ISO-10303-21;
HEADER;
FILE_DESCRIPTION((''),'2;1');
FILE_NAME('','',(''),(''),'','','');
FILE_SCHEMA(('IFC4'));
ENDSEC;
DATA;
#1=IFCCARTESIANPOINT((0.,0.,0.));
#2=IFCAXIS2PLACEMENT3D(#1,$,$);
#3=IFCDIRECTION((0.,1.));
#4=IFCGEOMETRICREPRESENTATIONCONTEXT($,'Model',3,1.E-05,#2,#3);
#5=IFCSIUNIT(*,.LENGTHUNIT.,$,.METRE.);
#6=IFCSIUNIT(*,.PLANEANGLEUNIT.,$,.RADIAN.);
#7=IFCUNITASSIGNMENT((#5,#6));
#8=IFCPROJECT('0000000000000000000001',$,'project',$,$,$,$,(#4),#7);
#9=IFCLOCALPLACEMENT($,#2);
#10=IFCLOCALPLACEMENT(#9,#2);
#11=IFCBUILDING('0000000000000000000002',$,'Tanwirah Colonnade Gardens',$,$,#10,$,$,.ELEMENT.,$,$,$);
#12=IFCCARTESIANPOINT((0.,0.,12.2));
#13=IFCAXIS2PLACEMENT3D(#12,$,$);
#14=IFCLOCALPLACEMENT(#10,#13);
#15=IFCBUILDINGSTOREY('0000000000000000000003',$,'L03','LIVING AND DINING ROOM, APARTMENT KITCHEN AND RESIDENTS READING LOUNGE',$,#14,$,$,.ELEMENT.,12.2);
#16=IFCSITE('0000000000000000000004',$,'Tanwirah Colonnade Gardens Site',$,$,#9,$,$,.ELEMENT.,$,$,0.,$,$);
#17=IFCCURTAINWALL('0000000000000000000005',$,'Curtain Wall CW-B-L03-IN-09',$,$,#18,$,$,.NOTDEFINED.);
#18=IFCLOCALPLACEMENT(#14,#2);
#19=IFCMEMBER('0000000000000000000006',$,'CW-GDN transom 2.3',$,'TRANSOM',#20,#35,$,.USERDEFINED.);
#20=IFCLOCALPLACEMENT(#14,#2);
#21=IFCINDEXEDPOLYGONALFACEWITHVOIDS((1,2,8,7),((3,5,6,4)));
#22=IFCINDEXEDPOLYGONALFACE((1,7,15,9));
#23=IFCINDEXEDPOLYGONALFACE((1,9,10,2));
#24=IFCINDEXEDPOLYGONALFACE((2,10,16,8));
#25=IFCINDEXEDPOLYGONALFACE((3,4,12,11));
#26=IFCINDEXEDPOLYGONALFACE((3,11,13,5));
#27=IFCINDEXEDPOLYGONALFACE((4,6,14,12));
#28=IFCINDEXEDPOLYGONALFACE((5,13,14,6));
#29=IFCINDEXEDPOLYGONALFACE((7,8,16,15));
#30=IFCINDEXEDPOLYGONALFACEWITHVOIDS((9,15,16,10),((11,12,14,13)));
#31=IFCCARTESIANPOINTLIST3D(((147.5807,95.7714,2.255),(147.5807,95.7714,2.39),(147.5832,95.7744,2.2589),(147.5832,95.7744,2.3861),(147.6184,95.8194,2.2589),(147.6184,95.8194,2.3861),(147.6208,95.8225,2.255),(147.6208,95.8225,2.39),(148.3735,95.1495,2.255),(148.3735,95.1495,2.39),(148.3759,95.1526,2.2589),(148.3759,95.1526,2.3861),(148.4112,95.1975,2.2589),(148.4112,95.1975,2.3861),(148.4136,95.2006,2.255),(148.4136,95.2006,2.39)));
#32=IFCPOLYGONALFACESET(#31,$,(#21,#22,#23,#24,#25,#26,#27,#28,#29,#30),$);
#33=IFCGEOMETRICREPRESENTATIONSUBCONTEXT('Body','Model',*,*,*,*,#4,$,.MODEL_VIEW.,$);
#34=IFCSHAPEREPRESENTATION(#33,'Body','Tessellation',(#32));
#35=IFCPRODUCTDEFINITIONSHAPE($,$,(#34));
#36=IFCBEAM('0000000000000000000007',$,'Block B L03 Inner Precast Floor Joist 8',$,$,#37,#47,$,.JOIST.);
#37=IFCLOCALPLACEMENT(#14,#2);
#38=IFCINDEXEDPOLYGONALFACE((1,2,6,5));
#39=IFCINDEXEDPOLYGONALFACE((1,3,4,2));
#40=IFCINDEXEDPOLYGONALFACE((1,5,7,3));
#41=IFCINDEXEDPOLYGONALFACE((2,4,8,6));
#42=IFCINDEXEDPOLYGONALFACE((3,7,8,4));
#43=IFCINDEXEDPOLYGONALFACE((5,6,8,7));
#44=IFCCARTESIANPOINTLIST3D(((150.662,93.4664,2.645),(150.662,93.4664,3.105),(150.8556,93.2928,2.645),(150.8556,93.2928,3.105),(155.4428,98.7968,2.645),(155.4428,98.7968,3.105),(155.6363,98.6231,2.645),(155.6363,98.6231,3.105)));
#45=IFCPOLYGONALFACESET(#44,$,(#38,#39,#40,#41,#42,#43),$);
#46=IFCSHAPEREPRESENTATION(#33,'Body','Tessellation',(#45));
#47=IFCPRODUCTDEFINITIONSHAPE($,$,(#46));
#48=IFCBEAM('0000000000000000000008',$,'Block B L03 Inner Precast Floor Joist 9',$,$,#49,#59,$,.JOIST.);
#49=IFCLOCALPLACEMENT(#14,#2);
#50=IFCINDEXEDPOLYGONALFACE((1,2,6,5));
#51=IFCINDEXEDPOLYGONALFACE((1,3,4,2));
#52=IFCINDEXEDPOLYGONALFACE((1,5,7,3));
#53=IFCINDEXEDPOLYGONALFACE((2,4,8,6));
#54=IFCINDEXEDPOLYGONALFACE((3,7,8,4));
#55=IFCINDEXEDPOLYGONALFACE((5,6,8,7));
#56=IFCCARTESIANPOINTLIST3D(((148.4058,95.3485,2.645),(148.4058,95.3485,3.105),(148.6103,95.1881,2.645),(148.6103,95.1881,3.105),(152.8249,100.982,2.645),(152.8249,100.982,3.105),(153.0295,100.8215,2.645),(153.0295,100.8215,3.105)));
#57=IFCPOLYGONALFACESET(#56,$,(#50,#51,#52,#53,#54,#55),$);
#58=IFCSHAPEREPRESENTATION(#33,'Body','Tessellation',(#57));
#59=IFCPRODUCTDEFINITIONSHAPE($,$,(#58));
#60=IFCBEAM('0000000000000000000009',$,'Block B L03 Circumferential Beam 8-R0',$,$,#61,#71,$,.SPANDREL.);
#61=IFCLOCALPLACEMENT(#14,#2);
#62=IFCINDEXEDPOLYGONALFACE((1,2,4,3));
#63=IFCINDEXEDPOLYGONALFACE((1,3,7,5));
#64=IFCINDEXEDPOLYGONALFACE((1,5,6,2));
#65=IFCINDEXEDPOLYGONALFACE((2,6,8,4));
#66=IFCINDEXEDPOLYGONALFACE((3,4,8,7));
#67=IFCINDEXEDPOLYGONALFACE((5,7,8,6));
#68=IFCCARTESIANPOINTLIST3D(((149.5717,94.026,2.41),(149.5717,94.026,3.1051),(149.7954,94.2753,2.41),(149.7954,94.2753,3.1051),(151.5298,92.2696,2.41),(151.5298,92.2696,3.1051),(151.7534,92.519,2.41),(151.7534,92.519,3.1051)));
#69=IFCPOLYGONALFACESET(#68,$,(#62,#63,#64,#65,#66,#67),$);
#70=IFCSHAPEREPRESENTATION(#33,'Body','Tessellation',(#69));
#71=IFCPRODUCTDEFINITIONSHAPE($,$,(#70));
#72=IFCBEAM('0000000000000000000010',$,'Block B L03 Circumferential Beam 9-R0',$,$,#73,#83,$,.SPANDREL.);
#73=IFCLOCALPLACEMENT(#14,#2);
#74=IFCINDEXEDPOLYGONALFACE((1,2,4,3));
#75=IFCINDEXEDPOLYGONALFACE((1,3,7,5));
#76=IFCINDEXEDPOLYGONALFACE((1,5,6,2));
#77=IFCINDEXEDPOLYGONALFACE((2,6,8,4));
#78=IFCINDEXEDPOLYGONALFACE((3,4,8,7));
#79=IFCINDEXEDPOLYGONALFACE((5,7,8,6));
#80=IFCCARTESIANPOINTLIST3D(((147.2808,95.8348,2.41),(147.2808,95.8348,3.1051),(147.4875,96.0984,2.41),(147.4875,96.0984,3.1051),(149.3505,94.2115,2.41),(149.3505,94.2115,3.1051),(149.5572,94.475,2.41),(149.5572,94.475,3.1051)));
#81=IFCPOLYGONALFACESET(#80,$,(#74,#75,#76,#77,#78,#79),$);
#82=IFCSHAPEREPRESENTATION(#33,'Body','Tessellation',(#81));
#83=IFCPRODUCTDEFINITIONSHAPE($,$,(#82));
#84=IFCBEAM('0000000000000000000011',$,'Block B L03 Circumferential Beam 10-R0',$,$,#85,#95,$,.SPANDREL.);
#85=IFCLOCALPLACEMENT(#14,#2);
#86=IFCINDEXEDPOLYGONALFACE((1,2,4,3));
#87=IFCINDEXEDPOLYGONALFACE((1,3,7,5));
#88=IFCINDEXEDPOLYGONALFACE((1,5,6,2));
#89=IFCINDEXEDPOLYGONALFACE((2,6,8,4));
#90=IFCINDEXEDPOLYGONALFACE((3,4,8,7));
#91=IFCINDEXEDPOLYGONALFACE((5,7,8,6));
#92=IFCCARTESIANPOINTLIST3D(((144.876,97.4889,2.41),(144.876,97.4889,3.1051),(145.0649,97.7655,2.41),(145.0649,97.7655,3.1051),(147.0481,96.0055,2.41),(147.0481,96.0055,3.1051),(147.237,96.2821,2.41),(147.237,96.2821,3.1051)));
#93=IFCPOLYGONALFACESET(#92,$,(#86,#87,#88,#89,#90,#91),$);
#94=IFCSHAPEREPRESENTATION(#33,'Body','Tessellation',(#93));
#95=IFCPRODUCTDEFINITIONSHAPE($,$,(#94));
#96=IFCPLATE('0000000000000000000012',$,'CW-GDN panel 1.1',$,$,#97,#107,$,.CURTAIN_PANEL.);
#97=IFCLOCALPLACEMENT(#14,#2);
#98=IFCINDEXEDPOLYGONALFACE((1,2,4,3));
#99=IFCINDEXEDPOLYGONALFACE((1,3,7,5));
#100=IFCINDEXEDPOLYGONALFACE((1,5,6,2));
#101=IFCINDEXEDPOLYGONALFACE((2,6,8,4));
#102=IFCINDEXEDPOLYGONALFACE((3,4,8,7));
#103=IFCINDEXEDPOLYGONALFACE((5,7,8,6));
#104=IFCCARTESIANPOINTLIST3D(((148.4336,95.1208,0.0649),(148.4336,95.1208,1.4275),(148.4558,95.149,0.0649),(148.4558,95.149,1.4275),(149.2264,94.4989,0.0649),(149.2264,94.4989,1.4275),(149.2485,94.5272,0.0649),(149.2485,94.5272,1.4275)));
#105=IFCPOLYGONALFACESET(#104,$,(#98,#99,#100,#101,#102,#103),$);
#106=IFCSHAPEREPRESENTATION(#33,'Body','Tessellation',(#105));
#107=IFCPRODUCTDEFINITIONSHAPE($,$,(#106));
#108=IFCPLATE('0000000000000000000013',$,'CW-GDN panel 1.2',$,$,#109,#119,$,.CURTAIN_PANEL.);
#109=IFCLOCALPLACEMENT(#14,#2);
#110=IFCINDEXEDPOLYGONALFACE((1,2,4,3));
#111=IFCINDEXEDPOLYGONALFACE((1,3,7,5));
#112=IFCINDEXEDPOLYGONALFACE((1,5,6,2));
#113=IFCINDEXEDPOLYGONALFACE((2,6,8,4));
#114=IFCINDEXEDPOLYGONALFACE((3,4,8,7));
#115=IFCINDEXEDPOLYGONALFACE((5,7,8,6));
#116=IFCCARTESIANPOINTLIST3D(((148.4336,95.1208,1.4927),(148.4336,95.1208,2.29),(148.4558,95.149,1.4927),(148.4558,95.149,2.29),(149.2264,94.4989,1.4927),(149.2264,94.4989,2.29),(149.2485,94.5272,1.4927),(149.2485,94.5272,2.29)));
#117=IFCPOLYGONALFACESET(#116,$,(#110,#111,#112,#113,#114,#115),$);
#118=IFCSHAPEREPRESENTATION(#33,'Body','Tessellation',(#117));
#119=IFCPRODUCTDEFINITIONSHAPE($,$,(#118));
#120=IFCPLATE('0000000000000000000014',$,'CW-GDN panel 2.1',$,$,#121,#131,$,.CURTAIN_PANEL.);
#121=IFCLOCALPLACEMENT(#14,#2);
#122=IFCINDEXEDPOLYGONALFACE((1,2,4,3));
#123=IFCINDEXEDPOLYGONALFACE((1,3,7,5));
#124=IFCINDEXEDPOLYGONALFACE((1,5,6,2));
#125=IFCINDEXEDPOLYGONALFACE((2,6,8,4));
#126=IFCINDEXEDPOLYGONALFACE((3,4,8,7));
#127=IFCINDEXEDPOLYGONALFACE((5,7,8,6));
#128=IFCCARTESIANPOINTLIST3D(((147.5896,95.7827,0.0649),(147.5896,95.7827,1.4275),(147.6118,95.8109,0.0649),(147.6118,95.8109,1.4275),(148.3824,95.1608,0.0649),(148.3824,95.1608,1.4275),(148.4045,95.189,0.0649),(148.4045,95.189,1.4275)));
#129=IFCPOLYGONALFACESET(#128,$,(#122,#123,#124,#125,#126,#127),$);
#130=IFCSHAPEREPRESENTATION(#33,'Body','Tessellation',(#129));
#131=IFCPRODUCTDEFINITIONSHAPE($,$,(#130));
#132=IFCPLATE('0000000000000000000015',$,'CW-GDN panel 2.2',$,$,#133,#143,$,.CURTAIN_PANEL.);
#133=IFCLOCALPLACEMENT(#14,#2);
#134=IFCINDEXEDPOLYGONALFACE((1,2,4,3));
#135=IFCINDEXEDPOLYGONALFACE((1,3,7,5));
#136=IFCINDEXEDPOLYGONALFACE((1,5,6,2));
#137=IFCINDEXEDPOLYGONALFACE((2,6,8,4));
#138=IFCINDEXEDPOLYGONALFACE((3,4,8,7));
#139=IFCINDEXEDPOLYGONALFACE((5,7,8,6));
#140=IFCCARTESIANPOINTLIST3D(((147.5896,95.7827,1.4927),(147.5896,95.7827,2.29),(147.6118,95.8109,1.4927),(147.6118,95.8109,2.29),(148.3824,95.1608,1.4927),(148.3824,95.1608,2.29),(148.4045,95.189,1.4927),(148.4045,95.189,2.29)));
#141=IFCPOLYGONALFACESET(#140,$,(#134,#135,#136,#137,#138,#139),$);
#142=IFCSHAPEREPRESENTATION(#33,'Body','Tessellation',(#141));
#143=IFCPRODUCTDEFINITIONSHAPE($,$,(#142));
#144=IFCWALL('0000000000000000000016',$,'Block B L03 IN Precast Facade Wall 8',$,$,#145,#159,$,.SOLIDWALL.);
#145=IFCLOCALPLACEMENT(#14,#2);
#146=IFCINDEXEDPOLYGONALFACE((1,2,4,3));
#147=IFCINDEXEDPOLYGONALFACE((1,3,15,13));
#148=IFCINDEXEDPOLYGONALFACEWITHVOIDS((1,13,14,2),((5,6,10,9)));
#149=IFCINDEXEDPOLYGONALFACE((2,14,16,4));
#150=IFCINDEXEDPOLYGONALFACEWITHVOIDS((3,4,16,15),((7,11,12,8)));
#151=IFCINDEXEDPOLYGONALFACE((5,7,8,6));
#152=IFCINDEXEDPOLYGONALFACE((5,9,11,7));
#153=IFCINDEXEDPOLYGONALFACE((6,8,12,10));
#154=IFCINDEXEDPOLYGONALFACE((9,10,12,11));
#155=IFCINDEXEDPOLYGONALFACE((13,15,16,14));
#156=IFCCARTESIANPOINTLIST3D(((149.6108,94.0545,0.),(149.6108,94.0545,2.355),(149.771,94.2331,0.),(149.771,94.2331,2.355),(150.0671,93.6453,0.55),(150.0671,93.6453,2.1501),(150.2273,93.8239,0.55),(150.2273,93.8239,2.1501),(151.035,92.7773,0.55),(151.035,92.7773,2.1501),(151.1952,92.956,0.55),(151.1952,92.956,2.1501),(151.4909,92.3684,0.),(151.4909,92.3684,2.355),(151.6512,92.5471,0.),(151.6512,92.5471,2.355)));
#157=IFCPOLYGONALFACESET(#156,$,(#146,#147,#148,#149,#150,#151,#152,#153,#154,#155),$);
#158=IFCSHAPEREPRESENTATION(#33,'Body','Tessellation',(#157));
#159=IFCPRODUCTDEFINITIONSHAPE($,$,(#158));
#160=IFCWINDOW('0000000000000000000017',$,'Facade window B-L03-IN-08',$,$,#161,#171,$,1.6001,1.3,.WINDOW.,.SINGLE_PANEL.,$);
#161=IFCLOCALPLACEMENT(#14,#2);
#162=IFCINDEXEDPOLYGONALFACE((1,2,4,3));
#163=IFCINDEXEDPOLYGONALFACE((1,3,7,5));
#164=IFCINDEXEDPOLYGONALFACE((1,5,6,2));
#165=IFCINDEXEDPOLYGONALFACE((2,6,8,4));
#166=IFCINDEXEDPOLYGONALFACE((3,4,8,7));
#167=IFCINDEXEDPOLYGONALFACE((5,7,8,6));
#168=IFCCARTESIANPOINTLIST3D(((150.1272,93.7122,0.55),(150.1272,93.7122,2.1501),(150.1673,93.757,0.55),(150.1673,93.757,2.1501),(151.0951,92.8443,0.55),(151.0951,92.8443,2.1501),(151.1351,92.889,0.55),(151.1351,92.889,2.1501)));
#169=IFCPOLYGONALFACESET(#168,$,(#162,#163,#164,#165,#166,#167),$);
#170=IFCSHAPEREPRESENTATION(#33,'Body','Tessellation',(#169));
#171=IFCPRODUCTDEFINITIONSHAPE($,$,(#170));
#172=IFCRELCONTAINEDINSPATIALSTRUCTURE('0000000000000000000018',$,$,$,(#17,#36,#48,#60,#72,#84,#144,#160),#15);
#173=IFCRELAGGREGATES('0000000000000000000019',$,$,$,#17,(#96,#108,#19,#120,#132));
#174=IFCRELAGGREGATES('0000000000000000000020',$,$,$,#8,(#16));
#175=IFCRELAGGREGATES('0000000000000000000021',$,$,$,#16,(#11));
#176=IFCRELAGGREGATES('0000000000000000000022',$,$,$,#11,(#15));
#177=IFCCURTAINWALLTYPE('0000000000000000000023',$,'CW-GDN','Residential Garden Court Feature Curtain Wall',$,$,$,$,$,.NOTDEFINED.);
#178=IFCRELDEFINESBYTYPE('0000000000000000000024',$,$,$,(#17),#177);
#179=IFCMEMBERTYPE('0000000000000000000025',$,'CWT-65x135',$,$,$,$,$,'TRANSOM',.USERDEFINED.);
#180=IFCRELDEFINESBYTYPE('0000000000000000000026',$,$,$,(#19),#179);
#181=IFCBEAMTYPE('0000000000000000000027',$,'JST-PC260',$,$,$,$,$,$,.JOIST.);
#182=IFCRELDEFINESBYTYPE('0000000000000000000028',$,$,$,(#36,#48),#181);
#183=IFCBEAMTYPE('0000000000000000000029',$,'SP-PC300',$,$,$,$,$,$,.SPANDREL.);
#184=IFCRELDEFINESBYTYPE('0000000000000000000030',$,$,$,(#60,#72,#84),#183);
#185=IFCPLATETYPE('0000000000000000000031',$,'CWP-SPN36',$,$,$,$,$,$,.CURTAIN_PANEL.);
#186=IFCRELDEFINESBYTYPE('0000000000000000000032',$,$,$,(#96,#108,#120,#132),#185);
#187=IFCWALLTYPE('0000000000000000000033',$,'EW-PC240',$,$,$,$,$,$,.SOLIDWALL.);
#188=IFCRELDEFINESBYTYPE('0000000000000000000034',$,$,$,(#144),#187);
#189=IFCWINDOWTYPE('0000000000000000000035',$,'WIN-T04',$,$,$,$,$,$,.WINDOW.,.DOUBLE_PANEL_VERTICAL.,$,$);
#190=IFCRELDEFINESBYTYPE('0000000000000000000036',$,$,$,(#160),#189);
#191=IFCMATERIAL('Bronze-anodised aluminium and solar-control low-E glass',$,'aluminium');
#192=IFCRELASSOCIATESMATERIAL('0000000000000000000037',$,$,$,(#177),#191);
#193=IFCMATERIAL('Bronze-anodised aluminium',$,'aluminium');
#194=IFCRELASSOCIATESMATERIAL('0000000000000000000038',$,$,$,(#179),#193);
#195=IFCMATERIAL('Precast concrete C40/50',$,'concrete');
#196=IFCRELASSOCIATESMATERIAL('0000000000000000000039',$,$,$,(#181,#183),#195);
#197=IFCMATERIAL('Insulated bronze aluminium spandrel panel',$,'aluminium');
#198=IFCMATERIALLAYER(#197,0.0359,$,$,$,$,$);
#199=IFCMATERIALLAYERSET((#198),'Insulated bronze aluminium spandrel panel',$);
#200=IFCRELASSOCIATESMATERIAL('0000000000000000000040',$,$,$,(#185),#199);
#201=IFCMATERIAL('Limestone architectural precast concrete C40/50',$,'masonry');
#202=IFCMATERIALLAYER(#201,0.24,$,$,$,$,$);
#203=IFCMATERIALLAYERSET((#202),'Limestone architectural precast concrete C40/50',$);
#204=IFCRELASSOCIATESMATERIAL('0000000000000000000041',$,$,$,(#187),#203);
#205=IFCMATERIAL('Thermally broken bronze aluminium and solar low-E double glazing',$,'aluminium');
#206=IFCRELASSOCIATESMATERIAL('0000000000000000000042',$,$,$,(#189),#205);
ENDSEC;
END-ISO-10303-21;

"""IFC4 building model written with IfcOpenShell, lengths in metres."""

from ifc_helpers import new_model, si_unit, direction, frame, frame_2d, origin, origin_2d, place, context, subcontext, project, spatial, rectangle, hollow_rectangle, extrude, material, layer, layer_set, material_profile, profile_set, type_object, element, fill, aggregate, save


model = new_model("IFC4")

# Units and contexts
model_context = context("Model", 3, precision=1e-05, world=origin(), true_north=direction((0.0, 1.0)))
body_context = subcontext(model_context, "Body", "Model", "MODEL_VIEW")
ifc_project = project(units=[si_unit("LENGTHUNIT", "METRE"), si_unit("PLANEANGLEUNIT", "RADIAN")], contexts=[model_context])

# Site, building, storey
site_placement = place(None, origin())
site = spatial("IfcSite", under=ifc_project, at=site_placement, Name="Tanwirah Colonnade Gardens Site", CompositionType="ELEMENT", RefElevation=0.0)
building_placement = place(site_placement, origin())
building = spatial("IfcBuilding", under=site, at=building_placement, Name="Tanwirah Colonnade Gardens", CompositionType="ELEMENT")
storey_placement = place(building_placement, frame((0.0, 0.0, 12.2)))
storey = spatial("IfcBuildingStorey", under=building, at=storey_placement, Name="L03", Description="LIVING AND DINING ROOM, APARTMENT KITCHEN AND RESIDENTS READING LOUNGE", CompositionType="ELEMENT", Elevation=12.2)

# Shared definitions
ifc_material_1 = material(Name="Precast concrete C40/50", Category="concrete")

# Curtain wall, member
ifc_material_2 = material(Name="Bronze-anodised aluminium and solar-control low-E glass", Category="aluminium")
curtain_wall_type = type_object("IfcCurtainWallType", Name="CW-GDN", Description="Residential Garden Court Feature Curtain Wall", PredefinedType="NOTDEFINED", material=ifc_material_2)
curtain_wall_placement = place(storey_placement, origin())
curtain_wall = element("IfcCurtainWall", 1, at=curtain_wall_placement, inside=storey, type_object=curtain_wall_type, Name="Curtain Wall CW-B-L03-IN-09", PredefinedType="NOTDEFINED")
ifc_material_3 = material(Name="Bronze-anodised aluminium", Category="aluminium")
ifc_material_profile_1 = material_profile(ifc_material_3, hollow_rectangle(XDim=0.0649, YDim=0.135, WallThickness=0.0039, at=origin_2d()), Name="CW-TRN 65x135x4")
ifc_profile_set_1 = profile_set([ifc_material_profile_1], Name="Bronze-anodised aluminium")
member_type_1 = type_object("IfcMemberType", Name="CWT-65x135", ElementType="TRANSOM", PredefinedType="USERDEFINED", material=ifc_profile_set_1)
member_1_placement = place(storey_placement, frame((148.3936, 95.175, 2.3225), z_axis=(-0.786814, 0.61719, 0.0), x_axis=(-0.61719, -0.786814, 0.0)))
member_1 = element("IfcMember", 2, at=member_1_placement, type_object=member_type_1, Name="CW-GDN transom 2.3", ObjectType="TRANSOM", PredefinedType="USERDEFINED", context=body_context, shape_type="SweptSolid", body=[
    extrude(hollow_rectangle(XDim=0.0649, YDim=0.135, WallThickness=0.0039, at=origin_2d()), origin(), (0.0, 0.0, 1.0), 1.0076),
])

# Beams
ifc_material_profile_2 = material_profile(ifc_material_1, rectangle(XDim=0.26, YDim=0.46, at=origin_2d()), Name="PC-JST 260x460")
ifc_profile_set_2 = profile_set([ifc_material_profile_2], Name="Precast concrete C40/50")
beam_type_1 = type_object("IfcBeamType", Name="JST-PC260", PredefinedType="JOIST", material=ifc_profile_set_2)
beam_1_placement = place(storey_placement, frame((150.7588, 93.3796, 2.875), z_axis=(0.667688, 0.744441, 0.0), x_axis=(-0.744441, 0.667688, 0.0)))
element("IfcBeam", 3, at=beam_1_placement, inside=storey, type_object=beam_type_1, Name="Block B L03 Inner Precast Floor Joist 8", PredefinedType="JOIST", context=body_context, shape_type="SweptSolid", body=[
    extrude(rectangle(XDim=0.26, YDim=0.46, at=origin_2d()), origin(), (0.0, 0.0, 1.0), 7.1602),
])
beam_2_placement = place(storey_placement, frame((148.5081, 95.2683, 2.875), z_axis=(0.617202, 0.786804, 0.0), x_axis=(-0.786804, 0.617202, 0.0)))
element("IfcBeam", 4, at=beam_2_placement, inside=storey, type_object=beam_type_1, Name="Block B L03 Inner Precast Floor Joist 9", PredefinedType="JOIST", context=body_context, shape_type="SweptSolid", body=[
    extrude(rectangle(XDim=0.26, YDim=0.46, at=origin_2d()), origin(), (0.0, 0.0, 1.0), 7.1599),
])
ifc_material_profile_3 = material_profile(ifc_material_1, rectangle(XDim=0.335, YDim=0.6951, at=origin_2d()), Name="PC-SP 335x695")
ifc_profile_set_3 = profile_set([ifc_material_profile_3], Name="Precast concrete C40/50")
beam_type_2 = type_object("IfcBeamType", Name="SP-PC300", PredefinedType="SPANDREL", material=ifc_profile_set_3)
for number, where, z_axis, x_axis, name in (
    (5, (151.6416, 92.3943, 2.7576), (-0.744401, 0.667733, 0.0), (-0.667733, -0.744401, 0.0), "Block B L03 Circumferential Beam 8-R0"),
    (6, (149.4539, 94.3433, 2.7576), (-0.786837, 0.617161, 0.0), (-0.617161, -0.786837, 0.0), "Block B L03 Circumferential Beam 9-R0"),
    (7, (147.1426, 96.1438, 2.7576), (-0.825801, 0.563962, 0.0), (-0.563962, -0.825801, 0.0), "Block B L03 Circumferential Beam 10-R0"),
):
    element("IfcBeam", number, at=place(storey_placement, frame(where, z_axis=z_axis, x_axis=x_axis)), inside=storey, type_object=beam_type_2, Name=name, PredefinedType="SPANDREL", context=body_context, shape_type="SweptSolid", body=[
        extrude(rectangle(XDim=0.335, YDim=0.6951, at=origin_2d()), origin(), (0.0, 0.0, 1.0), 2.6304),
    ])

# Plates
ifc_material_4 = material(Name="Insulated bronze aluminium spandrel panel", Category="aluminium")
ifc_layer_1 = layer(ifc_material_4, 0.0359)
ifc_layer_set_1 = layer_set([ifc_layer_1], Name="Insulated bronze aluminium spandrel panel")
plate_type = type_object("IfcPlateType", Name="CWP-SPN36", PredefinedType="CURTAIN_PANEL", material=ifc_layer_set_1)
plate_1_placement = place(storey_placement, frame((148.8411, 94.824, 0.0649), z_axis=(0.0, 0.0, 1.0), x_axis=(-0.786815, 0.617189, 0.0)))
plate_1 = element("IfcPlate", 8, at=plate_1_placement, type_object=plate_type, Name="CW-GDN panel 1.1", PredefinedType="CURTAIN_PANEL", context=body_context, shape_type="SweptSolid", body=[
    extrude(rectangle(XDim=1.0076, YDim=0.0359, at=origin_2d()), origin(), (0.0, 0.0, 1.0), 1.3625),
])
plate_2_placement = place(storey_placement, frame((148.8411, 94.824, 1.4927), z_axis=(0.0, 0.0, 1.0), x_axis=(-0.786815, 0.617189, 0.0)))
plate_2 = element("IfcPlate", 9, at=plate_2_placement, type_object=plate_type, Name="CW-GDN panel 1.2", PredefinedType="CURTAIN_PANEL", context=body_context, shape_type="SweptSolid", body=[
    extrude(rectangle(XDim=1.0076, YDim=0.0359, at=origin_2d()), origin(), (0.0, 0.0, 1.0), 0.7974),
])
plate_3_placement = place(storey_placement, frame((147.9971, 95.4858, 0.0649), z_axis=(0.0, 0.0, 1.0), x_axis=(-0.786815, 0.617189, 0.0)))
plate_3 = element("IfcPlate", 10, at=plate_3_placement, type_object=plate_type, Name="CW-GDN panel 2.1", PredefinedType="CURTAIN_PANEL", context=body_context, shape_type="SweptSolid", body=[
    extrude(rectangle(XDim=1.0076, YDim=0.0359, at=origin_2d()), origin(), (0.0, 0.0, 1.0), 1.3625),
])
plate_4_placement = place(storey_placement, frame((147.9971, 95.4858, 1.4927), z_axis=(0.0, 0.0, 1.0), x_axis=(-0.786815, 0.617189, 0.0)))
plate_4 = element("IfcPlate", 11, at=plate_4_placement, type_object=plate_type, Name="CW-GDN panel 2.2", PredefinedType="CURTAIN_PANEL", context=body_context, shape_type="SweptSolid", body=[
    extrude(rectangle(XDim=1.0076, YDim=0.0359, at=origin_2d()), origin(), (0.0, 0.0, 1.0), 0.7974),
])
aggregate(curtain_wall, [plate_1, plate_2, member_1, plate_3, plate_4])

# Wall, opening, window
ifc_material_5 = material(Name="Limestone architectural precast concrete C40/50", Category="masonry")
ifc_layer_2 = layer(ifc_material_5, 0.24)
ifc_layer_set_2 = layer_set([ifc_layer_2], Name="Limestone architectural precast concrete C40/50")
wall_type_1 = type_object("IfcWallType", Name="EW-PC240", PredefinedType="SOLIDWALL", material=ifc_layer_set_2)
wall_1_placement = place(storey_placement, frame((151.571, 92.4578, 0.0), z_axis=(0.0, 0.0, 1.0), x_axis=(-0.74449, 0.667634, 0.0)))
wall_1 = element("IfcWall", 12, at=wall_1_placement, inside=storey, type_object=wall_type_1, Name="Block B L03 IN Precast Facade Wall 8", PredefinedType="SOLIDWALL", context=body_context, shape_type="SweptSolid", body=[
    extrude(rectangle(XDim=2.5254, YDim=0.24, at=frame_2d((1.2627, 0.0))), origin(), (0.0, 0.0, 1.0), 2.355),
])
opening_1_placement = place(wall_1_placement, frame((0.6125, 0.0, 0.55)))
opening_1 = element("IfcOpeningElement", 13, at=opening_1_placement, cuts=wall_1, PredefinedType="OPENING", context=body_context, shape_type="SweptSolid", body=[
    extrude(rectangle(XDim=1.3, YDim=1.6001, at=frame_2d((0.6499, 0.8))), frame((0.0, 0.1299, 0.0), z_axis=(0.0, -1.0, 0.0), x_axis=(1.0, 0.0, 0.0)), (0.0, 0.0, 1.0), 0.26),
])
ifc_material_6 = material(Name="Thermally broken bronze aluminium and solar low-E double glazing", Category="aluminium")
window_type = type_object("IfcWindowType", Name="WIN-T04", PartitioningType="DOUBLE_PANEL_VERTICAL", PredefinedType="WINDOW", material=ifc_material_6)
window_placement = place(opening_1_placement, origin())
window = element("IfcWindow", 14, at=window_placement, inside=storey, type_object=window_type, Name="Facade window B-L03-IN-08", OverallHeight=1.6001, OverallWidth=1.3, PartitioningType="SINGLE_PANEL", PredefinedType="WINDOW", context=body_context, shape_type="SweptSolid", body=[
    extrude(rectangle(XDim=1.3, YDim=1.6001, at=frame_2d((0.6499, 0.8))), frame((0.0, 0.03, 0.0), z_axis=(0.0, -1.0, 0.0), x_axis=(1.0, 0.0, 0.0)), (0.0, 0.0, 1.0), 0.0601),
])
fill(opening_1, window)

save(model, "model.ifc")
